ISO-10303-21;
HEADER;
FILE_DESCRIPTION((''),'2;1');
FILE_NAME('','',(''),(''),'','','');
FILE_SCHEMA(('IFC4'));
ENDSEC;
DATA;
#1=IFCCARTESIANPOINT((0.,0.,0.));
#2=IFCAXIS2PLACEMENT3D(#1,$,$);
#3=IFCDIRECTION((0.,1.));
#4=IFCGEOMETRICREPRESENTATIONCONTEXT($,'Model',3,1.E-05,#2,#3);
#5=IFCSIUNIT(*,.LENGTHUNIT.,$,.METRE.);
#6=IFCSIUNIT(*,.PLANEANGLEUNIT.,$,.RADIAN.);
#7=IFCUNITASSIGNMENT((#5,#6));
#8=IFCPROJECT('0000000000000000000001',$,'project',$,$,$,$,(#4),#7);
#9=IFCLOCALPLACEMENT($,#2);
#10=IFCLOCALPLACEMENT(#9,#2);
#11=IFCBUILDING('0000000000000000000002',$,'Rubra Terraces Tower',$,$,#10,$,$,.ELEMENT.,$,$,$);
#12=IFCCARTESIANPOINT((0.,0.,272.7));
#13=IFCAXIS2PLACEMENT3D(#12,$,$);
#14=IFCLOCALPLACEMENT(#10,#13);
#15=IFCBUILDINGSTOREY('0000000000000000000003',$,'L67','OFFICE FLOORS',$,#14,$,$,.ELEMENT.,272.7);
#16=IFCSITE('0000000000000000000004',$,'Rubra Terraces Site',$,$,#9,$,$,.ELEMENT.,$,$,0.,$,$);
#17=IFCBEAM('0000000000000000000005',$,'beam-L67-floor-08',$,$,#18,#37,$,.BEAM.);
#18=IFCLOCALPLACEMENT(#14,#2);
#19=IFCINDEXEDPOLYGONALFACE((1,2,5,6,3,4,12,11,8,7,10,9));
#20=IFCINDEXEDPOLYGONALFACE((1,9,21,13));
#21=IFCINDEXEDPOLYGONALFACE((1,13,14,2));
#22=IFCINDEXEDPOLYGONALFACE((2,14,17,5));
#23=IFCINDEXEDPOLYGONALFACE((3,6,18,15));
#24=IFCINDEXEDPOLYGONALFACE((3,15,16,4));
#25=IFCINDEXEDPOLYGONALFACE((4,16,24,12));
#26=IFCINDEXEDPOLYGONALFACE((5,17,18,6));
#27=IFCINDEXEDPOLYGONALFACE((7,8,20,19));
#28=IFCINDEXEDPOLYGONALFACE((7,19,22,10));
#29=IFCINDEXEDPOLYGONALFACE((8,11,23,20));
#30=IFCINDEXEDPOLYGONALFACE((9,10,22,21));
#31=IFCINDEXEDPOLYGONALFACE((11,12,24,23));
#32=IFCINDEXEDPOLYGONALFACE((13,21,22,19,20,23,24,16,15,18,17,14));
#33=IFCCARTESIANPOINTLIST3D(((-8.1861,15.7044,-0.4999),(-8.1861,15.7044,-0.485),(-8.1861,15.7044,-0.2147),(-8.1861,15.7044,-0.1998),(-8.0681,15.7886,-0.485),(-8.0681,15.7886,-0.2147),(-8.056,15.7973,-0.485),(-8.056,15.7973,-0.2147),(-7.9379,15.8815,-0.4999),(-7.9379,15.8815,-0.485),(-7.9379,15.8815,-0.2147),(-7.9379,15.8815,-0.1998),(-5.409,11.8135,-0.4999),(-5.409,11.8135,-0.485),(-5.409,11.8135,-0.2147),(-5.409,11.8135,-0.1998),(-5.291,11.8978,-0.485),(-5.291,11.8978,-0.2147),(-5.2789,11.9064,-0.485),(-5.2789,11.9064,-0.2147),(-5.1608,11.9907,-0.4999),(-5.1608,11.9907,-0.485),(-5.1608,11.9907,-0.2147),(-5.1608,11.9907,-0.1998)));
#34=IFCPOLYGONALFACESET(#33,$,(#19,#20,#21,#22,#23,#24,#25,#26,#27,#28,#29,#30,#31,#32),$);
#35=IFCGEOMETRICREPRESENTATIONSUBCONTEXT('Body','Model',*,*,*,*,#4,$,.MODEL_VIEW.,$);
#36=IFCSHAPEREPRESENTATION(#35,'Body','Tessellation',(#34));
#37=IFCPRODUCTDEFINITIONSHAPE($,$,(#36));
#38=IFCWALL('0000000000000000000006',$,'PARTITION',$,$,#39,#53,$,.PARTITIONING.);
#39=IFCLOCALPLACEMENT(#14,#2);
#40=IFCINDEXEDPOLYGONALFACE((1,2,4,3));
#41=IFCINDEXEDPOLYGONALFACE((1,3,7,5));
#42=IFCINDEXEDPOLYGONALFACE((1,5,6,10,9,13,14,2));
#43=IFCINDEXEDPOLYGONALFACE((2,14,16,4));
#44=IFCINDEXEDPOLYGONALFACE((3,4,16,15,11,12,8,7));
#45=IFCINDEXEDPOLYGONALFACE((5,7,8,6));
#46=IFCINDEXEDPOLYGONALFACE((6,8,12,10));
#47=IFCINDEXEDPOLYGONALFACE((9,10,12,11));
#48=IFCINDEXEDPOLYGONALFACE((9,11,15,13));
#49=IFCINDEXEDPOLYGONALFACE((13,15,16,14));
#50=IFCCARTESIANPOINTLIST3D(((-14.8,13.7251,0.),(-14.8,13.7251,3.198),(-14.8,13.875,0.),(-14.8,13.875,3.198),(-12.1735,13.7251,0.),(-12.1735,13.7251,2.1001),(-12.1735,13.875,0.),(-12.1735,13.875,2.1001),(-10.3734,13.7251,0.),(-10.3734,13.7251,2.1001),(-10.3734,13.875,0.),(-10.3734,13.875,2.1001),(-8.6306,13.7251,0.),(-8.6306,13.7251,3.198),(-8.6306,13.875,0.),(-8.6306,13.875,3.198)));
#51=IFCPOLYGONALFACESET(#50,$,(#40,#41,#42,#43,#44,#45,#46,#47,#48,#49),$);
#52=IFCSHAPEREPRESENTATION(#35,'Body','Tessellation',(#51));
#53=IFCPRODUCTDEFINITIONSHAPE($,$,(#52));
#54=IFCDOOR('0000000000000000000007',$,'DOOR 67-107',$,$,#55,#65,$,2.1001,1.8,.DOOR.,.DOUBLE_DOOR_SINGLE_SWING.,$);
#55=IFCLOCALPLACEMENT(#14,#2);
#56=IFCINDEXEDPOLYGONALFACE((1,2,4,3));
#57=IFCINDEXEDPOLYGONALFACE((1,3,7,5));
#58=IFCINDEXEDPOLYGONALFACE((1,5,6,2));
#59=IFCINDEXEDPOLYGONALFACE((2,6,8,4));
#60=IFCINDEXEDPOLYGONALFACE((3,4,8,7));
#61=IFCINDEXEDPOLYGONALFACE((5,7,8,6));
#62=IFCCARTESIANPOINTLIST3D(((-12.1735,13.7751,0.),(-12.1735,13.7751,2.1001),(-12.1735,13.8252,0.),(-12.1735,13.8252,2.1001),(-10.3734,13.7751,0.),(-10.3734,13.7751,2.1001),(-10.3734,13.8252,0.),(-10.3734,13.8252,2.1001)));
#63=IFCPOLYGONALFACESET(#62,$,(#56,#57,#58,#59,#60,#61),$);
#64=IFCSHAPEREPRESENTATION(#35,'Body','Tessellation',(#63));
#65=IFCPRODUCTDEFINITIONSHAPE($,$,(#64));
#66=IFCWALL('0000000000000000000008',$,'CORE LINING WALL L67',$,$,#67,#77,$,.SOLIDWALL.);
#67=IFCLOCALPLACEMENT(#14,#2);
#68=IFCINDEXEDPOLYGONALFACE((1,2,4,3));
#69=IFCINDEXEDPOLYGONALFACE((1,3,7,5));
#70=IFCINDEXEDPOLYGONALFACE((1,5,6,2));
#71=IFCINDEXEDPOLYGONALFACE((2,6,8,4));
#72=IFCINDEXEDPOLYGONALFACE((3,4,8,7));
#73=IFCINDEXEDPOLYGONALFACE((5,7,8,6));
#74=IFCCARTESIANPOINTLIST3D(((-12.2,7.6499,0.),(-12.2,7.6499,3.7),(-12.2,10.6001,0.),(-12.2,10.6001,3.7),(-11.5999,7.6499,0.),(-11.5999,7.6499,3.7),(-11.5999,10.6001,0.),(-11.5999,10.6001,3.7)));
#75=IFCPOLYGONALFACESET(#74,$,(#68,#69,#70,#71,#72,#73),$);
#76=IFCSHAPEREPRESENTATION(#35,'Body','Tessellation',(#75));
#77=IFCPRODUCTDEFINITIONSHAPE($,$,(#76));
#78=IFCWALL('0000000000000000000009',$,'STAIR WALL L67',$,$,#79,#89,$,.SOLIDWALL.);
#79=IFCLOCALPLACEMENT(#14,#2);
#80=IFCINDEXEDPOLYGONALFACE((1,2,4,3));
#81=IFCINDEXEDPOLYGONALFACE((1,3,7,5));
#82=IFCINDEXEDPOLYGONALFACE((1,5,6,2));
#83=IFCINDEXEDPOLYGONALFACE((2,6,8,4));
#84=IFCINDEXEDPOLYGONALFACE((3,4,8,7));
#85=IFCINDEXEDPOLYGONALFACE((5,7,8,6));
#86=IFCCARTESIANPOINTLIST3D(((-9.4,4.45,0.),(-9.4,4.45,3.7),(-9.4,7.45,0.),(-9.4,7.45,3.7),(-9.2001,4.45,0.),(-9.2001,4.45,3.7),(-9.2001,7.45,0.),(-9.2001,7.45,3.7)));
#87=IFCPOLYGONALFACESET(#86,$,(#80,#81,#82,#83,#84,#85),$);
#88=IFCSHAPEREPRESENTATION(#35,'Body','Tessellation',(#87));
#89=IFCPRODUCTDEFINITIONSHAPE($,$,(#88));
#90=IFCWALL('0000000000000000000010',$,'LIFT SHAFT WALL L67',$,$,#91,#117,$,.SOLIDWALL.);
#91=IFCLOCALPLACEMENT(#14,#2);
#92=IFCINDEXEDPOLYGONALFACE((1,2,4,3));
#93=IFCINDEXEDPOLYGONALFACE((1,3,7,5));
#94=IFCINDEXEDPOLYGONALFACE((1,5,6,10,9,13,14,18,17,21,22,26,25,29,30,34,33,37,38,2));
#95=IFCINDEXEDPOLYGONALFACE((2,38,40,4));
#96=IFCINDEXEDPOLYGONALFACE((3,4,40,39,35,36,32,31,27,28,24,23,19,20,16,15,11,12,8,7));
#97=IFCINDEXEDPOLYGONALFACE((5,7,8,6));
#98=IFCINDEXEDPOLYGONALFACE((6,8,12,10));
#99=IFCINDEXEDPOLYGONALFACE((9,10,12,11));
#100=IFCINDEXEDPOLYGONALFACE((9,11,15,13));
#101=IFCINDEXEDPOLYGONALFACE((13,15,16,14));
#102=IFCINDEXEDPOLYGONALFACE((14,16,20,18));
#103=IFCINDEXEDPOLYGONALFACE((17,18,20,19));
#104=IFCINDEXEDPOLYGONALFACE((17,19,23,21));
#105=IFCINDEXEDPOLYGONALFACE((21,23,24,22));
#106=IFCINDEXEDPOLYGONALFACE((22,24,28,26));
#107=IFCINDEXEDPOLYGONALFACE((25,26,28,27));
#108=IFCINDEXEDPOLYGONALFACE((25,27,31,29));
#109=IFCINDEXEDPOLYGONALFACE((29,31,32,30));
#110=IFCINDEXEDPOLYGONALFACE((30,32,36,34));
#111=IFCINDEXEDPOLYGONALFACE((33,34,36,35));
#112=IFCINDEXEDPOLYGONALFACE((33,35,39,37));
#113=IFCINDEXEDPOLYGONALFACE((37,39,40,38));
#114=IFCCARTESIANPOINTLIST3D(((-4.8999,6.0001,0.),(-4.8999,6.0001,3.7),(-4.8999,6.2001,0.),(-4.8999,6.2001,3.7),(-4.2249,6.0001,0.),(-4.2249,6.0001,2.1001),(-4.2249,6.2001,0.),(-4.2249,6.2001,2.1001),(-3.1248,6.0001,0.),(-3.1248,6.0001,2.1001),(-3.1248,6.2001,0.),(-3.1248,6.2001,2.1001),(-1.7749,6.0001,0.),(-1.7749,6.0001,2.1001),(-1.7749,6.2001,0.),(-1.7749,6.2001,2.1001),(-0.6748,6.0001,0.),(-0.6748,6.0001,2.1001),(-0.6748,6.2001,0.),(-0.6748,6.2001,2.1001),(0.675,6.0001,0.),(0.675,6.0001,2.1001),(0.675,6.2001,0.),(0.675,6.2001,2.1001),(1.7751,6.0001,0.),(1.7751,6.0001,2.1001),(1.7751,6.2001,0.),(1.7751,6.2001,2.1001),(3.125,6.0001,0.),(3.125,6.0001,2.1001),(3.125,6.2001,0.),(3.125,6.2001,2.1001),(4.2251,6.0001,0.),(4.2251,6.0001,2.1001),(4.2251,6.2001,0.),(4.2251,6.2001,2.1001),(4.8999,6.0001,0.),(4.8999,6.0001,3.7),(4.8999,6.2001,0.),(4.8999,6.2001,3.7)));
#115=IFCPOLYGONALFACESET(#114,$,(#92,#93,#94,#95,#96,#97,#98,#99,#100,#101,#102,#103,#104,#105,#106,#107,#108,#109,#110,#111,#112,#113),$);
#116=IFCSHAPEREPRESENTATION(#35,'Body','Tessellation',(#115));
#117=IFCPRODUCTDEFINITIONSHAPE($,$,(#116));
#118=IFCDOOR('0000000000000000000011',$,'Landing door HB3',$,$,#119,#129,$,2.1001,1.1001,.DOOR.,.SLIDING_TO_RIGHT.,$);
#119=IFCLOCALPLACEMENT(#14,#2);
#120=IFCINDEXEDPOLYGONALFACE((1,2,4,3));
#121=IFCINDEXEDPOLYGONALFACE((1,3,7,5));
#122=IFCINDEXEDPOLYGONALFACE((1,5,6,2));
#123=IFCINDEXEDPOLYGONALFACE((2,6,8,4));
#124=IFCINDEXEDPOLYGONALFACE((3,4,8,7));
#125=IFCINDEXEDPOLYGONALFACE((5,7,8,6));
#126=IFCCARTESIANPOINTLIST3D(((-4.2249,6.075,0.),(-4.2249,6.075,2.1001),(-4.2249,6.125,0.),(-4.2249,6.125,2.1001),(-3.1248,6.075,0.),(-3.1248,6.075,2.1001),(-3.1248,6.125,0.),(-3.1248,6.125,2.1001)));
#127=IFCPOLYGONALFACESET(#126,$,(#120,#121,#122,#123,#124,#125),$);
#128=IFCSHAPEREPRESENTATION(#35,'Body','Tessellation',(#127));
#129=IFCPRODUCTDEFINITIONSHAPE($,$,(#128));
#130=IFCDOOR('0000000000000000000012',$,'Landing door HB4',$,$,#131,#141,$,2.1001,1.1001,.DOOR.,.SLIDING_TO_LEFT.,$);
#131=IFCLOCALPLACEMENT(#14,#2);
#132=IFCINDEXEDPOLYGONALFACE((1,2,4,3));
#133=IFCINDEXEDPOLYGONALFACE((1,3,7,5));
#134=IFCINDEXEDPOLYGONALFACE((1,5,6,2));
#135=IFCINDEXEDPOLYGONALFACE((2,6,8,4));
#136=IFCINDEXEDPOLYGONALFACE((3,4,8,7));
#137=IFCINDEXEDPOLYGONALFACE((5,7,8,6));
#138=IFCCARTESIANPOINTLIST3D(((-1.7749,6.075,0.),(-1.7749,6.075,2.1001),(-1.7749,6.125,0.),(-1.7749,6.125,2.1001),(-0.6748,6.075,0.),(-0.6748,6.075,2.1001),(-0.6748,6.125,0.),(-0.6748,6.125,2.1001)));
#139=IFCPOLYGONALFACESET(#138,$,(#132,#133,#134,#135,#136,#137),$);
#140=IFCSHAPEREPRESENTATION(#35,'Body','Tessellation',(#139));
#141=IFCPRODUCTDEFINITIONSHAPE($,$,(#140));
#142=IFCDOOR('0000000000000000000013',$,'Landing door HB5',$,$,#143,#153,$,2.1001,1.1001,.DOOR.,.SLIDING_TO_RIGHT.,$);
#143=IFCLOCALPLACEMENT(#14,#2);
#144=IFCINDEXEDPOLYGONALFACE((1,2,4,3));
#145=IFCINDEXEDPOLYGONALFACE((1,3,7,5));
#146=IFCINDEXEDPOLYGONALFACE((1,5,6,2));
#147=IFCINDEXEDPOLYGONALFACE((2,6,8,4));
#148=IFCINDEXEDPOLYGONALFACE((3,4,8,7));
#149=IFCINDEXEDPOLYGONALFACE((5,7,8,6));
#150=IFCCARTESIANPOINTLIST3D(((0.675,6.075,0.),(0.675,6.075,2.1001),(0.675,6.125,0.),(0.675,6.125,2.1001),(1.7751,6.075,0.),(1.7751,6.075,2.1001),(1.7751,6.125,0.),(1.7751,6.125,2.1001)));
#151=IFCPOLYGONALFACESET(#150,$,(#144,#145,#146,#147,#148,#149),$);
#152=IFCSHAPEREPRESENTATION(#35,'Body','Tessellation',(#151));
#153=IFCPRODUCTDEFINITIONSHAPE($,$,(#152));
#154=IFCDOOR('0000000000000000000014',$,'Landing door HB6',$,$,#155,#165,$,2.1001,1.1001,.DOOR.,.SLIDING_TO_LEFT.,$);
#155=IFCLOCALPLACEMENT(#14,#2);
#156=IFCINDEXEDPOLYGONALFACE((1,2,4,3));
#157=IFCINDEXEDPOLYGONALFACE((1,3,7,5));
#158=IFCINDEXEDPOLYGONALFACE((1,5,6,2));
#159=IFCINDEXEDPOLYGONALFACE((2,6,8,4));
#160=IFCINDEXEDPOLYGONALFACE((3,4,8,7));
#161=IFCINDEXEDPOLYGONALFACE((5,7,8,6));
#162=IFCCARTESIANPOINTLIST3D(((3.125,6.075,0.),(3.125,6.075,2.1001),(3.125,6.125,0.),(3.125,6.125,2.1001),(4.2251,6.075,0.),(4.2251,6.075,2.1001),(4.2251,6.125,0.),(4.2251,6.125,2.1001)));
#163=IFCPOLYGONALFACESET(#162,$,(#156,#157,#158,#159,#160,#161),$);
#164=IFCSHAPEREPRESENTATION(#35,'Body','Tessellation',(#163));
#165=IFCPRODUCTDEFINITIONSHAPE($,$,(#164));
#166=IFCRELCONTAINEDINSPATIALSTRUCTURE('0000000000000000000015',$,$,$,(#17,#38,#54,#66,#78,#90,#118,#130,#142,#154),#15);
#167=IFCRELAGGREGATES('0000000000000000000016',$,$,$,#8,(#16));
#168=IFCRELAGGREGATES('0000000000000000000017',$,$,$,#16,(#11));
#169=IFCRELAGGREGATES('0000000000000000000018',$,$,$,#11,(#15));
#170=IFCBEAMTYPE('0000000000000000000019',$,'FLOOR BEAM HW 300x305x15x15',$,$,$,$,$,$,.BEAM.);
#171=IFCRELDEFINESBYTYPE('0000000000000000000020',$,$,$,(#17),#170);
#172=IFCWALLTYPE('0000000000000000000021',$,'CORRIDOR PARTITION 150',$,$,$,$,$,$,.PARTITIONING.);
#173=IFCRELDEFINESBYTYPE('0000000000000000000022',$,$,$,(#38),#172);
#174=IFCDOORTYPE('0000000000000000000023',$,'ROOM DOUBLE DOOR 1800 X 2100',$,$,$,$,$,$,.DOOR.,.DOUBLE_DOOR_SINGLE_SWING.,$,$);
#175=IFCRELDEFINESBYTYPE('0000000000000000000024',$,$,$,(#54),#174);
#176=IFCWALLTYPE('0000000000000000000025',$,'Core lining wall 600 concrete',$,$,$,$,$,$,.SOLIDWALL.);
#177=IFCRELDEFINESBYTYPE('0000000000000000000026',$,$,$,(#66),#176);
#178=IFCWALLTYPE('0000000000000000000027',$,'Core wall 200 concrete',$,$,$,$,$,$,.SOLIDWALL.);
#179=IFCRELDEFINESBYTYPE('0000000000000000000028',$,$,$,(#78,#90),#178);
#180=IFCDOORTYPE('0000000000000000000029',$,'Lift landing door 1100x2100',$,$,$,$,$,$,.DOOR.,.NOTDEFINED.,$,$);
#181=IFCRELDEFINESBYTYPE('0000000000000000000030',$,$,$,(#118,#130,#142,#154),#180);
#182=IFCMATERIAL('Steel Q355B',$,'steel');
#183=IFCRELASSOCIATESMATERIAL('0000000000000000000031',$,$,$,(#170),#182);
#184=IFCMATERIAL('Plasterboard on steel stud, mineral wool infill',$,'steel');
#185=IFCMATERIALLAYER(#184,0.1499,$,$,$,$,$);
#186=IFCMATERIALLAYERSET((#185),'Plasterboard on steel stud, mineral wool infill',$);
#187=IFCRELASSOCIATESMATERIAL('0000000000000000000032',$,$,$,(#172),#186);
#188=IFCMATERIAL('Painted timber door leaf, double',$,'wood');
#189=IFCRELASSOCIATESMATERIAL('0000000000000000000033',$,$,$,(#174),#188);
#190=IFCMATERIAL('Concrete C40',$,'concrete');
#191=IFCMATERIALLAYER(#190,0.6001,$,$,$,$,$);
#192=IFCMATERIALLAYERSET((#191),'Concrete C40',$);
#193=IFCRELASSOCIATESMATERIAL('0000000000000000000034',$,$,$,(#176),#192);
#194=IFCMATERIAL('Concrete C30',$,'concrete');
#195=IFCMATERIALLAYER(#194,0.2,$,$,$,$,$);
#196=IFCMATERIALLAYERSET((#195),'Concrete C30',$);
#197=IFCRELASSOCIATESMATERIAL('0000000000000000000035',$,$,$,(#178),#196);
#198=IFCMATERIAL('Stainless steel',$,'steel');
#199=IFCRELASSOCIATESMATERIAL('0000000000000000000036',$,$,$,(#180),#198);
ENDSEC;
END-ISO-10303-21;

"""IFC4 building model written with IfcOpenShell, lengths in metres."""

from ifc_helpers import new_model, si_unit, direction, frame, frame_2d, origin, origin_2d, place, context, subcontext, project, spatial, rectangle, i_section, extrude, material, layer, layer_set, material_profile, profile_set, type_object, element, fill, save


model = new_model("IFC4")

# Units and contexts
model_context = context("Model", 3, precision=1e-05, world=origin(), true_north=direction((0.0, 1.0)))
body_context = subcontext(model_context, "Body", "Model", "MODEL_VIEW")
ifc_project = project(units=[si_unit("LENGTHUNIT", "METRE"), si_unit("PLANEANGLEUNIT", "RADIAN")], contexts=[model_context])

# Site, building, storey
site_placement = place(None, origin())
site = spatial("IfcSite", under=ifc_project, at=site_placement, Name="Rubra Terraces Site", CompositionType="ELEMENT", RefElevation=0.0)
building_placement = place(site_placement, origin())
building = spatial("IfcBuilding", under=site, at=building_placement, Name="Rubra Terraces Tower", CompositionType="ELEMENT")
storey_placement = place(building_placement, frame((0.0, 0.0, 272.7)))
storey = spatial("IfcBuildingStorey", under=building, at=storey_placement, Name="L67", Description="OFFICE FLOORS", CompositionType="ELEMENT", Elevation=272.7)

# Beam
ifc_material_1 = material(Name="Steel Q355B", Category="steel")
ifc_material_profile = material_profile(ifc_material_1, i_section(OverallWidth=0.3049, OverallDepth=0.3, WebThickness=0.0149, FlangeThickness=0.0149, at=origin_2d()), Name="HW 300x305x15x15")
ifc_profile_set = profile_set([ifc_material_profile], Name="Steel Q355B")
beam_type = type_object("IfcBeamType", Name="FLOOR BEAM HW 300x305x15x15", PredefinedType="BEAM", material=ifc_profile_set)
beam_placement = place(storey_placement, frame((-8.062, 15.793, -0.3499), z_axis=(0.580948, -0.81394, 0.0), x_axis=(0.81394, 0.580948, 0.0)))
element("IfcBeam", 1, at=beam_placement, inside=storey, type_object=beam_type, Name="beam-L67-floor-08", PredefinedType="BEAM", context=body_context, shape_type="SweptSolid", body=[
    extrude(i_section(OverallWidth=0.3049, OverallDepth=0.3, WebThickness=0.0149, FlangeThickness=0.0149, at=origin_2d()), origin(), (0.0, 0.0, 1.0), 4.7803),
])

# Wall, opening, door
ifc_material_2 = material(Name="Plasterboard on steel stud, mineral wool infill", Category="steel")
ifc_layer_1 = layer(ifc_material_2, 0.1499)
ifc_layer_set_1 = layer_set([ifc_layer_1], Name="Plasterboard on steel stud, mineral wool infill")
wall_type_1 = type_object("IfcWallType", Name="CORRIDOR PARTITION 150", PredefinedType="PARTITIONING", material=ifc_layer_set_1)
wall_1_placement = place(storey_placement, frame((-8.6306, 13.8, 0.0), z_axis=(0.0, 0.0, 1.0), x_axis=(-1.0, 0.0, 0.0)))
wall_1 = element("IfcWall", 2, at=wall_1_placement, inside=storey, type_object=wall_type_1, Name="PARTITION", PredefinedType="PARTITIONING", context=body_context, shape_type="SweptSolid", body=[
    extrude(rectangle(XDim=6.1694, YDim=0.1499, at=frame_2d((3.0847, 0.0))), origin(), (0.0, 0.0, 1.0), 3.198),
])
opening_1_placement = place(wall_1_placement, frame((1.7429, 0.0, 0.0)))
opening_1 = element("IfcOpeningElement", 3, at=opening_1_placement, cuts=wall_1, PredefinedType="OPENING", context=body_context, shape_type="SweptSolid", body=[
    extrude(rectangle(XDim=1.8, YDim=2.1001, at=frame_2d((0.8999, 1.05))), frame((0.0, 0.085, 0.0), z_axis=(0.0, -1.0, 0.0), x_axis=(1.0, 0.0, 0.0)), (0.0, 0.0, 1.0), 0.1699),
])
ifc_material_3 = material(Name="Painted timber door leaf, double", Category="wood")
door_type_1 = type_object("IfcDoorType", Name="ROOM DOUBLE DOOR 1800 X 2100", OperationType="DOUBLE_DOOR_SINGLE_SWING", PredefinedType="DOOR", material=ifc_material_3)
door_1_placement = place(opening_1_placement, origin())
door_1 = element("IfcDoor", 4, at=door_1_placement, inside=storey, type_object=door_type_1, Name="DOOR 67-107", OperationType="DOUBLE_DOOR_SINGLE_SWING", OverallHeight=2.1001, OverallWidth=1.8, PredefinedType="DOOR", context=body_context, shape_type="SweptSolid", body=[
    extrude(rectangle(XDim=1.8, YDim=2.1001, at=frame_2d((0.8999, 1.05))), frame((0.0, 0.0249, 0.0), z_axis=(0.0, -1.0, 0.0), x_axis=(1.0, 0.0, 0.0)), (0.0, 0.0, 1.0), 0.05),
])
fill(opening_1, door_1)

# Walls
ifc_material_4 = material(Name="Concrete C40", Category="concrete")
ifc_layer_2 = layer(ifc_material_4, 0.6001)
ifc_layer_set_2 = layer_set([ifc_layer_2], Name="Concrete C40")
wall_type_2 = type_object("IfcWallType", Name="Core lining wall 600 concrete", PredefinedType="SOLIDWALL", material=ifc_layer_set_2)
wall_2_placement = place(storey_placement, frame((-11.8999, 7.6499, 0.0), z_axis=(0.0, 0.0, 1.0), x_axis=(0.0, 1.0, 0.0)))
element("IfcWall", 5, at=wall_2_placement, inside=storey, type_object=wall_type_2, Name="CORE LINING WALL L67", PredefinedType="SOLIDWALL", context=body_context, shape_type="SweptSolid", body=[
    extrude(rectangle(XDim=2.9502, YDim=0.6001, at=frame_2d((1.4751, 0.0))), origin(), (0.0, 0.0, 1.0), 3.7),
])
ifc_material_5 = material(Name="Concrete C30", Category="concrete")
ifc_layer_3 = layer(ifc_material_5, 0.2)
ifc_layer_set_3 = layer_set([ifc_layer_3], Name="Concrete C30")
wall_type_3 = type_object("IfcWallType", Name="Core wall 200 concrete", PredefinedType="SOLIDWALL", material=ifc_layer_set_3)
wall_3_placement = place(storey_placement, frame((-9.3, 4.45, 0.0), z_axis=(0.0, 0.0, 1.0), x_axis=(0.0, 1.0, 0.0)))
element("IfcWall", 6, at=wall_3_placement, inside=storey, type_object=wall_type_3, Name="STAIR WALL L67", PredefinedType="SOLIDWALL", context=body_context, shape_type="SweptSolid", body=[
    extrude(rectangle(XDim=3.0, YDim=0.2, at=frame_2d((1.5, 0.0))), origin(), (0.0, 0.0, 1.0), 3.7),
])

# Wall, openings, doors
wall_4_placement = place(storey_placement, frame((-4.8999, 6.1001, 0.0), z_axis=(0.0, 0.0, 1.0), x_axis=(1.0, 0.0, 0.0)))
wall_4 = element("IfcWall", 7, at=wall_4_placement, inside=storey, type_object=wall_type_3, Name="LIFT SHAFT WALL L67", PredefinedType="SOLIDWALL", context=body_context, shape_type="SweptSolid", body=[
    extrude(rectangle(XDim=9.7998, YDim=0.2, at=frame_2d((4.8999, 0.0))), origin(), (0.0, 0.0, 1.0), 3.7),
])
opening_2_placement = place(wall_4_placement, frame((0.675, 0.0, 0.0)))
opening_2 = element("IfcOpeningElement", 8, at=opening_2_placement, cuts=wall_4, PredefinedType="OPENING", context=body_context, shape_type="SweptSolid", body=[
    extrude(rectangle(XDim=1.1001, YDim=2.1001, at=frame_2d((0.55, 1.05))), frame((0.0, 0.1099, 0.0), z_axis=(0.0, -1.0, 0.0), x_axis=(1.0, 0.0, 0.0)), (0.0, 0.0, 1.0), 0.22),
])
opening_3_placement = place(wall_4_placement, frame((3.125, 0.0, 0.0)))
opening_3 = element("IfcOpeningElement", 9, at=opening_3_placement, cuts=wall_4, PredefinedType="OPENING", context=body_context, shape_type="SweptSolid", body=[
    extrude(rectangle(XDim=1.1001, YDim=2.1001, at=frame_2d((0.55, 1.05))), frame((0.0, 0.1099, 0.0), z_axis=(0.0, -1.0, 0.0), x_axis=(1.0, 0.0, 0.0)), (0.0, 0.0, 1.0), 0.22),
])
opening_4_placement = place(wall_4_placement, frame((5.575, 0.0, 0.0)))
opening_4 = element("IfcOpeningElement", 10, at=opening_4_placement, cuts=wall_4, PredefinedType="OPENING", context=body_context, shape_type="SweptSolid", body=[
    extrude(rectangle(XDim=1.1001, YDim=2.1001, at=frame_2d((0.55, 1.05))), frame((0.0, 0.1099, 0.0), z_axis=(0.0, -1.0, 0.0), x_axis=(1.0, 0.0, 0.0)), (0.0, 0.0, 1.0), 0.22),
])
opening_5_placement = place(wall_4_placement, frame((8.0249, 0.0, 0.0)))
opening_5 = element("IfcOpeningElement", 11, at=opening_5_placement, cuts=wall_4, PredefinedType="OPENING", context=body_context, shape_type="SweptSolid", body=[
    extrude(rectangle(XDim=1.1001, YDim=2.1001, at=frame_2d((0.55, 1.05))), frame((0.0, 0.1099, 0.0), z_axis=(0.0, -1.0, 0.0), x_axis=(1.0, 0.0, 0.0)), (0.0, 0.0, 1.0), 0.22),
])
ifc_material_6 = material(Name="Stainless steel", Category="steel")
door_type_2 = type_object("IfcDoorType", Name="Lift landing door 1100x2100", OperationType="NOTDEFINED", PredefinedType="DOOR", material=ifc_material_6)
door_2_placement = place(opening_2_placement, origin())
door_2 = element("IfcDoor", 12, at=door_2_placement, inside=storey, type_object=door_type_2, Name="Landing door HB3", OperationType="SLIDING_TO_RIGHT", OverallHeight=2.1001, OverallWidth=1.1001, PredefinedType="DOOR", context=body_context, shape_type="SweptSolid", body=[
    extrude(rectangle(XDim=1.1001, YDim=2.1001, at=frame_2d((0.55, 1.05))), frame((0.0, 0.0249, 0.0), z_axis=(0.0, -1.0, 0.0), x_axis=(1.0, 0.0, 0.0)), (0.0, 0.0, 1.0), 0.05),
])
fill(opening_2, door_2)
door_3_placement = place(opening_3_placement, origin())
door_3 = element("IfcDoor", 13, at=door_3_placement, inside=storey, type_object=door_type_2, Name="Landing door HB4", OperationType="SLIDING_TO_LEFT", OverallHeight=2.1001, OverallWidth=1.1001, PredefinedType="DOOR", context=body_context, shape_type="SweptSolid", body=[
    extrude(rectangle(XDim=1.1001, YDim=2.1001, at=frame_2d((0.55, 1.05))), frame((0.0, 0.0249, 0.0), z_axis=(0.0, -1.0, 0.0), x_axis=(1.0, 0.0, 0.0)), (0.0, 0.0, 1.0), 0.05),
])
fill(opening_3, door_3)
door_4_placement = place(opening_4_placement, origin())
door_4 = element("IfcDoor", 14, at=door_4_placement, inside=storey, type_object=door_type_2, Name="Landing door HB5", OperationType="SLIDING_TO_RIGHT", OverallHeight=2.1001, OverallWidth=1.1001, PredefinedType="DOOR", context=body_context, shape_type="SweptSolid", body=[
    extrude(rectangle(XDim=1.1001, YDim=2.1001, at=frame_2d((0.55, 1.05))), frame((0.0, 0.0249, 0.0), z_axis=(0.0, -1.0, 0.0), x_axis=(1.0, 0.0, 0.0)), (0.0, 0.0, 1.0), 0.05),
])
fill(opening_4, door_4)
door_5_placement = place(opening_5_placement, origin())
door_5 = element("IfcDoor", 15, at=door_5_placement, inside=storey, type_object=door_type_2, Name="Landing door HB6", OperationType="SLIDING_TO_LEFT", OverallHeight=2.1001, OverallWidth=1.1001, PredefinedType="DOOR", context=body_context, shape_type="SweptSolid", body=[
    extrude(rectangle(XDim=1.1001, YDim=2.1001, at=frame_2d((0.55, 1.05))), frame((0.0, 0.0249, 0.0), z_axis=(0.0, -1.0, 0.0), x_axis=(1.0, 0.0, 0.0)), (0.0, 0.0, 1.0), 0.05),
])
fill(opening_5, door_5)

save(model, "model.ifc")
